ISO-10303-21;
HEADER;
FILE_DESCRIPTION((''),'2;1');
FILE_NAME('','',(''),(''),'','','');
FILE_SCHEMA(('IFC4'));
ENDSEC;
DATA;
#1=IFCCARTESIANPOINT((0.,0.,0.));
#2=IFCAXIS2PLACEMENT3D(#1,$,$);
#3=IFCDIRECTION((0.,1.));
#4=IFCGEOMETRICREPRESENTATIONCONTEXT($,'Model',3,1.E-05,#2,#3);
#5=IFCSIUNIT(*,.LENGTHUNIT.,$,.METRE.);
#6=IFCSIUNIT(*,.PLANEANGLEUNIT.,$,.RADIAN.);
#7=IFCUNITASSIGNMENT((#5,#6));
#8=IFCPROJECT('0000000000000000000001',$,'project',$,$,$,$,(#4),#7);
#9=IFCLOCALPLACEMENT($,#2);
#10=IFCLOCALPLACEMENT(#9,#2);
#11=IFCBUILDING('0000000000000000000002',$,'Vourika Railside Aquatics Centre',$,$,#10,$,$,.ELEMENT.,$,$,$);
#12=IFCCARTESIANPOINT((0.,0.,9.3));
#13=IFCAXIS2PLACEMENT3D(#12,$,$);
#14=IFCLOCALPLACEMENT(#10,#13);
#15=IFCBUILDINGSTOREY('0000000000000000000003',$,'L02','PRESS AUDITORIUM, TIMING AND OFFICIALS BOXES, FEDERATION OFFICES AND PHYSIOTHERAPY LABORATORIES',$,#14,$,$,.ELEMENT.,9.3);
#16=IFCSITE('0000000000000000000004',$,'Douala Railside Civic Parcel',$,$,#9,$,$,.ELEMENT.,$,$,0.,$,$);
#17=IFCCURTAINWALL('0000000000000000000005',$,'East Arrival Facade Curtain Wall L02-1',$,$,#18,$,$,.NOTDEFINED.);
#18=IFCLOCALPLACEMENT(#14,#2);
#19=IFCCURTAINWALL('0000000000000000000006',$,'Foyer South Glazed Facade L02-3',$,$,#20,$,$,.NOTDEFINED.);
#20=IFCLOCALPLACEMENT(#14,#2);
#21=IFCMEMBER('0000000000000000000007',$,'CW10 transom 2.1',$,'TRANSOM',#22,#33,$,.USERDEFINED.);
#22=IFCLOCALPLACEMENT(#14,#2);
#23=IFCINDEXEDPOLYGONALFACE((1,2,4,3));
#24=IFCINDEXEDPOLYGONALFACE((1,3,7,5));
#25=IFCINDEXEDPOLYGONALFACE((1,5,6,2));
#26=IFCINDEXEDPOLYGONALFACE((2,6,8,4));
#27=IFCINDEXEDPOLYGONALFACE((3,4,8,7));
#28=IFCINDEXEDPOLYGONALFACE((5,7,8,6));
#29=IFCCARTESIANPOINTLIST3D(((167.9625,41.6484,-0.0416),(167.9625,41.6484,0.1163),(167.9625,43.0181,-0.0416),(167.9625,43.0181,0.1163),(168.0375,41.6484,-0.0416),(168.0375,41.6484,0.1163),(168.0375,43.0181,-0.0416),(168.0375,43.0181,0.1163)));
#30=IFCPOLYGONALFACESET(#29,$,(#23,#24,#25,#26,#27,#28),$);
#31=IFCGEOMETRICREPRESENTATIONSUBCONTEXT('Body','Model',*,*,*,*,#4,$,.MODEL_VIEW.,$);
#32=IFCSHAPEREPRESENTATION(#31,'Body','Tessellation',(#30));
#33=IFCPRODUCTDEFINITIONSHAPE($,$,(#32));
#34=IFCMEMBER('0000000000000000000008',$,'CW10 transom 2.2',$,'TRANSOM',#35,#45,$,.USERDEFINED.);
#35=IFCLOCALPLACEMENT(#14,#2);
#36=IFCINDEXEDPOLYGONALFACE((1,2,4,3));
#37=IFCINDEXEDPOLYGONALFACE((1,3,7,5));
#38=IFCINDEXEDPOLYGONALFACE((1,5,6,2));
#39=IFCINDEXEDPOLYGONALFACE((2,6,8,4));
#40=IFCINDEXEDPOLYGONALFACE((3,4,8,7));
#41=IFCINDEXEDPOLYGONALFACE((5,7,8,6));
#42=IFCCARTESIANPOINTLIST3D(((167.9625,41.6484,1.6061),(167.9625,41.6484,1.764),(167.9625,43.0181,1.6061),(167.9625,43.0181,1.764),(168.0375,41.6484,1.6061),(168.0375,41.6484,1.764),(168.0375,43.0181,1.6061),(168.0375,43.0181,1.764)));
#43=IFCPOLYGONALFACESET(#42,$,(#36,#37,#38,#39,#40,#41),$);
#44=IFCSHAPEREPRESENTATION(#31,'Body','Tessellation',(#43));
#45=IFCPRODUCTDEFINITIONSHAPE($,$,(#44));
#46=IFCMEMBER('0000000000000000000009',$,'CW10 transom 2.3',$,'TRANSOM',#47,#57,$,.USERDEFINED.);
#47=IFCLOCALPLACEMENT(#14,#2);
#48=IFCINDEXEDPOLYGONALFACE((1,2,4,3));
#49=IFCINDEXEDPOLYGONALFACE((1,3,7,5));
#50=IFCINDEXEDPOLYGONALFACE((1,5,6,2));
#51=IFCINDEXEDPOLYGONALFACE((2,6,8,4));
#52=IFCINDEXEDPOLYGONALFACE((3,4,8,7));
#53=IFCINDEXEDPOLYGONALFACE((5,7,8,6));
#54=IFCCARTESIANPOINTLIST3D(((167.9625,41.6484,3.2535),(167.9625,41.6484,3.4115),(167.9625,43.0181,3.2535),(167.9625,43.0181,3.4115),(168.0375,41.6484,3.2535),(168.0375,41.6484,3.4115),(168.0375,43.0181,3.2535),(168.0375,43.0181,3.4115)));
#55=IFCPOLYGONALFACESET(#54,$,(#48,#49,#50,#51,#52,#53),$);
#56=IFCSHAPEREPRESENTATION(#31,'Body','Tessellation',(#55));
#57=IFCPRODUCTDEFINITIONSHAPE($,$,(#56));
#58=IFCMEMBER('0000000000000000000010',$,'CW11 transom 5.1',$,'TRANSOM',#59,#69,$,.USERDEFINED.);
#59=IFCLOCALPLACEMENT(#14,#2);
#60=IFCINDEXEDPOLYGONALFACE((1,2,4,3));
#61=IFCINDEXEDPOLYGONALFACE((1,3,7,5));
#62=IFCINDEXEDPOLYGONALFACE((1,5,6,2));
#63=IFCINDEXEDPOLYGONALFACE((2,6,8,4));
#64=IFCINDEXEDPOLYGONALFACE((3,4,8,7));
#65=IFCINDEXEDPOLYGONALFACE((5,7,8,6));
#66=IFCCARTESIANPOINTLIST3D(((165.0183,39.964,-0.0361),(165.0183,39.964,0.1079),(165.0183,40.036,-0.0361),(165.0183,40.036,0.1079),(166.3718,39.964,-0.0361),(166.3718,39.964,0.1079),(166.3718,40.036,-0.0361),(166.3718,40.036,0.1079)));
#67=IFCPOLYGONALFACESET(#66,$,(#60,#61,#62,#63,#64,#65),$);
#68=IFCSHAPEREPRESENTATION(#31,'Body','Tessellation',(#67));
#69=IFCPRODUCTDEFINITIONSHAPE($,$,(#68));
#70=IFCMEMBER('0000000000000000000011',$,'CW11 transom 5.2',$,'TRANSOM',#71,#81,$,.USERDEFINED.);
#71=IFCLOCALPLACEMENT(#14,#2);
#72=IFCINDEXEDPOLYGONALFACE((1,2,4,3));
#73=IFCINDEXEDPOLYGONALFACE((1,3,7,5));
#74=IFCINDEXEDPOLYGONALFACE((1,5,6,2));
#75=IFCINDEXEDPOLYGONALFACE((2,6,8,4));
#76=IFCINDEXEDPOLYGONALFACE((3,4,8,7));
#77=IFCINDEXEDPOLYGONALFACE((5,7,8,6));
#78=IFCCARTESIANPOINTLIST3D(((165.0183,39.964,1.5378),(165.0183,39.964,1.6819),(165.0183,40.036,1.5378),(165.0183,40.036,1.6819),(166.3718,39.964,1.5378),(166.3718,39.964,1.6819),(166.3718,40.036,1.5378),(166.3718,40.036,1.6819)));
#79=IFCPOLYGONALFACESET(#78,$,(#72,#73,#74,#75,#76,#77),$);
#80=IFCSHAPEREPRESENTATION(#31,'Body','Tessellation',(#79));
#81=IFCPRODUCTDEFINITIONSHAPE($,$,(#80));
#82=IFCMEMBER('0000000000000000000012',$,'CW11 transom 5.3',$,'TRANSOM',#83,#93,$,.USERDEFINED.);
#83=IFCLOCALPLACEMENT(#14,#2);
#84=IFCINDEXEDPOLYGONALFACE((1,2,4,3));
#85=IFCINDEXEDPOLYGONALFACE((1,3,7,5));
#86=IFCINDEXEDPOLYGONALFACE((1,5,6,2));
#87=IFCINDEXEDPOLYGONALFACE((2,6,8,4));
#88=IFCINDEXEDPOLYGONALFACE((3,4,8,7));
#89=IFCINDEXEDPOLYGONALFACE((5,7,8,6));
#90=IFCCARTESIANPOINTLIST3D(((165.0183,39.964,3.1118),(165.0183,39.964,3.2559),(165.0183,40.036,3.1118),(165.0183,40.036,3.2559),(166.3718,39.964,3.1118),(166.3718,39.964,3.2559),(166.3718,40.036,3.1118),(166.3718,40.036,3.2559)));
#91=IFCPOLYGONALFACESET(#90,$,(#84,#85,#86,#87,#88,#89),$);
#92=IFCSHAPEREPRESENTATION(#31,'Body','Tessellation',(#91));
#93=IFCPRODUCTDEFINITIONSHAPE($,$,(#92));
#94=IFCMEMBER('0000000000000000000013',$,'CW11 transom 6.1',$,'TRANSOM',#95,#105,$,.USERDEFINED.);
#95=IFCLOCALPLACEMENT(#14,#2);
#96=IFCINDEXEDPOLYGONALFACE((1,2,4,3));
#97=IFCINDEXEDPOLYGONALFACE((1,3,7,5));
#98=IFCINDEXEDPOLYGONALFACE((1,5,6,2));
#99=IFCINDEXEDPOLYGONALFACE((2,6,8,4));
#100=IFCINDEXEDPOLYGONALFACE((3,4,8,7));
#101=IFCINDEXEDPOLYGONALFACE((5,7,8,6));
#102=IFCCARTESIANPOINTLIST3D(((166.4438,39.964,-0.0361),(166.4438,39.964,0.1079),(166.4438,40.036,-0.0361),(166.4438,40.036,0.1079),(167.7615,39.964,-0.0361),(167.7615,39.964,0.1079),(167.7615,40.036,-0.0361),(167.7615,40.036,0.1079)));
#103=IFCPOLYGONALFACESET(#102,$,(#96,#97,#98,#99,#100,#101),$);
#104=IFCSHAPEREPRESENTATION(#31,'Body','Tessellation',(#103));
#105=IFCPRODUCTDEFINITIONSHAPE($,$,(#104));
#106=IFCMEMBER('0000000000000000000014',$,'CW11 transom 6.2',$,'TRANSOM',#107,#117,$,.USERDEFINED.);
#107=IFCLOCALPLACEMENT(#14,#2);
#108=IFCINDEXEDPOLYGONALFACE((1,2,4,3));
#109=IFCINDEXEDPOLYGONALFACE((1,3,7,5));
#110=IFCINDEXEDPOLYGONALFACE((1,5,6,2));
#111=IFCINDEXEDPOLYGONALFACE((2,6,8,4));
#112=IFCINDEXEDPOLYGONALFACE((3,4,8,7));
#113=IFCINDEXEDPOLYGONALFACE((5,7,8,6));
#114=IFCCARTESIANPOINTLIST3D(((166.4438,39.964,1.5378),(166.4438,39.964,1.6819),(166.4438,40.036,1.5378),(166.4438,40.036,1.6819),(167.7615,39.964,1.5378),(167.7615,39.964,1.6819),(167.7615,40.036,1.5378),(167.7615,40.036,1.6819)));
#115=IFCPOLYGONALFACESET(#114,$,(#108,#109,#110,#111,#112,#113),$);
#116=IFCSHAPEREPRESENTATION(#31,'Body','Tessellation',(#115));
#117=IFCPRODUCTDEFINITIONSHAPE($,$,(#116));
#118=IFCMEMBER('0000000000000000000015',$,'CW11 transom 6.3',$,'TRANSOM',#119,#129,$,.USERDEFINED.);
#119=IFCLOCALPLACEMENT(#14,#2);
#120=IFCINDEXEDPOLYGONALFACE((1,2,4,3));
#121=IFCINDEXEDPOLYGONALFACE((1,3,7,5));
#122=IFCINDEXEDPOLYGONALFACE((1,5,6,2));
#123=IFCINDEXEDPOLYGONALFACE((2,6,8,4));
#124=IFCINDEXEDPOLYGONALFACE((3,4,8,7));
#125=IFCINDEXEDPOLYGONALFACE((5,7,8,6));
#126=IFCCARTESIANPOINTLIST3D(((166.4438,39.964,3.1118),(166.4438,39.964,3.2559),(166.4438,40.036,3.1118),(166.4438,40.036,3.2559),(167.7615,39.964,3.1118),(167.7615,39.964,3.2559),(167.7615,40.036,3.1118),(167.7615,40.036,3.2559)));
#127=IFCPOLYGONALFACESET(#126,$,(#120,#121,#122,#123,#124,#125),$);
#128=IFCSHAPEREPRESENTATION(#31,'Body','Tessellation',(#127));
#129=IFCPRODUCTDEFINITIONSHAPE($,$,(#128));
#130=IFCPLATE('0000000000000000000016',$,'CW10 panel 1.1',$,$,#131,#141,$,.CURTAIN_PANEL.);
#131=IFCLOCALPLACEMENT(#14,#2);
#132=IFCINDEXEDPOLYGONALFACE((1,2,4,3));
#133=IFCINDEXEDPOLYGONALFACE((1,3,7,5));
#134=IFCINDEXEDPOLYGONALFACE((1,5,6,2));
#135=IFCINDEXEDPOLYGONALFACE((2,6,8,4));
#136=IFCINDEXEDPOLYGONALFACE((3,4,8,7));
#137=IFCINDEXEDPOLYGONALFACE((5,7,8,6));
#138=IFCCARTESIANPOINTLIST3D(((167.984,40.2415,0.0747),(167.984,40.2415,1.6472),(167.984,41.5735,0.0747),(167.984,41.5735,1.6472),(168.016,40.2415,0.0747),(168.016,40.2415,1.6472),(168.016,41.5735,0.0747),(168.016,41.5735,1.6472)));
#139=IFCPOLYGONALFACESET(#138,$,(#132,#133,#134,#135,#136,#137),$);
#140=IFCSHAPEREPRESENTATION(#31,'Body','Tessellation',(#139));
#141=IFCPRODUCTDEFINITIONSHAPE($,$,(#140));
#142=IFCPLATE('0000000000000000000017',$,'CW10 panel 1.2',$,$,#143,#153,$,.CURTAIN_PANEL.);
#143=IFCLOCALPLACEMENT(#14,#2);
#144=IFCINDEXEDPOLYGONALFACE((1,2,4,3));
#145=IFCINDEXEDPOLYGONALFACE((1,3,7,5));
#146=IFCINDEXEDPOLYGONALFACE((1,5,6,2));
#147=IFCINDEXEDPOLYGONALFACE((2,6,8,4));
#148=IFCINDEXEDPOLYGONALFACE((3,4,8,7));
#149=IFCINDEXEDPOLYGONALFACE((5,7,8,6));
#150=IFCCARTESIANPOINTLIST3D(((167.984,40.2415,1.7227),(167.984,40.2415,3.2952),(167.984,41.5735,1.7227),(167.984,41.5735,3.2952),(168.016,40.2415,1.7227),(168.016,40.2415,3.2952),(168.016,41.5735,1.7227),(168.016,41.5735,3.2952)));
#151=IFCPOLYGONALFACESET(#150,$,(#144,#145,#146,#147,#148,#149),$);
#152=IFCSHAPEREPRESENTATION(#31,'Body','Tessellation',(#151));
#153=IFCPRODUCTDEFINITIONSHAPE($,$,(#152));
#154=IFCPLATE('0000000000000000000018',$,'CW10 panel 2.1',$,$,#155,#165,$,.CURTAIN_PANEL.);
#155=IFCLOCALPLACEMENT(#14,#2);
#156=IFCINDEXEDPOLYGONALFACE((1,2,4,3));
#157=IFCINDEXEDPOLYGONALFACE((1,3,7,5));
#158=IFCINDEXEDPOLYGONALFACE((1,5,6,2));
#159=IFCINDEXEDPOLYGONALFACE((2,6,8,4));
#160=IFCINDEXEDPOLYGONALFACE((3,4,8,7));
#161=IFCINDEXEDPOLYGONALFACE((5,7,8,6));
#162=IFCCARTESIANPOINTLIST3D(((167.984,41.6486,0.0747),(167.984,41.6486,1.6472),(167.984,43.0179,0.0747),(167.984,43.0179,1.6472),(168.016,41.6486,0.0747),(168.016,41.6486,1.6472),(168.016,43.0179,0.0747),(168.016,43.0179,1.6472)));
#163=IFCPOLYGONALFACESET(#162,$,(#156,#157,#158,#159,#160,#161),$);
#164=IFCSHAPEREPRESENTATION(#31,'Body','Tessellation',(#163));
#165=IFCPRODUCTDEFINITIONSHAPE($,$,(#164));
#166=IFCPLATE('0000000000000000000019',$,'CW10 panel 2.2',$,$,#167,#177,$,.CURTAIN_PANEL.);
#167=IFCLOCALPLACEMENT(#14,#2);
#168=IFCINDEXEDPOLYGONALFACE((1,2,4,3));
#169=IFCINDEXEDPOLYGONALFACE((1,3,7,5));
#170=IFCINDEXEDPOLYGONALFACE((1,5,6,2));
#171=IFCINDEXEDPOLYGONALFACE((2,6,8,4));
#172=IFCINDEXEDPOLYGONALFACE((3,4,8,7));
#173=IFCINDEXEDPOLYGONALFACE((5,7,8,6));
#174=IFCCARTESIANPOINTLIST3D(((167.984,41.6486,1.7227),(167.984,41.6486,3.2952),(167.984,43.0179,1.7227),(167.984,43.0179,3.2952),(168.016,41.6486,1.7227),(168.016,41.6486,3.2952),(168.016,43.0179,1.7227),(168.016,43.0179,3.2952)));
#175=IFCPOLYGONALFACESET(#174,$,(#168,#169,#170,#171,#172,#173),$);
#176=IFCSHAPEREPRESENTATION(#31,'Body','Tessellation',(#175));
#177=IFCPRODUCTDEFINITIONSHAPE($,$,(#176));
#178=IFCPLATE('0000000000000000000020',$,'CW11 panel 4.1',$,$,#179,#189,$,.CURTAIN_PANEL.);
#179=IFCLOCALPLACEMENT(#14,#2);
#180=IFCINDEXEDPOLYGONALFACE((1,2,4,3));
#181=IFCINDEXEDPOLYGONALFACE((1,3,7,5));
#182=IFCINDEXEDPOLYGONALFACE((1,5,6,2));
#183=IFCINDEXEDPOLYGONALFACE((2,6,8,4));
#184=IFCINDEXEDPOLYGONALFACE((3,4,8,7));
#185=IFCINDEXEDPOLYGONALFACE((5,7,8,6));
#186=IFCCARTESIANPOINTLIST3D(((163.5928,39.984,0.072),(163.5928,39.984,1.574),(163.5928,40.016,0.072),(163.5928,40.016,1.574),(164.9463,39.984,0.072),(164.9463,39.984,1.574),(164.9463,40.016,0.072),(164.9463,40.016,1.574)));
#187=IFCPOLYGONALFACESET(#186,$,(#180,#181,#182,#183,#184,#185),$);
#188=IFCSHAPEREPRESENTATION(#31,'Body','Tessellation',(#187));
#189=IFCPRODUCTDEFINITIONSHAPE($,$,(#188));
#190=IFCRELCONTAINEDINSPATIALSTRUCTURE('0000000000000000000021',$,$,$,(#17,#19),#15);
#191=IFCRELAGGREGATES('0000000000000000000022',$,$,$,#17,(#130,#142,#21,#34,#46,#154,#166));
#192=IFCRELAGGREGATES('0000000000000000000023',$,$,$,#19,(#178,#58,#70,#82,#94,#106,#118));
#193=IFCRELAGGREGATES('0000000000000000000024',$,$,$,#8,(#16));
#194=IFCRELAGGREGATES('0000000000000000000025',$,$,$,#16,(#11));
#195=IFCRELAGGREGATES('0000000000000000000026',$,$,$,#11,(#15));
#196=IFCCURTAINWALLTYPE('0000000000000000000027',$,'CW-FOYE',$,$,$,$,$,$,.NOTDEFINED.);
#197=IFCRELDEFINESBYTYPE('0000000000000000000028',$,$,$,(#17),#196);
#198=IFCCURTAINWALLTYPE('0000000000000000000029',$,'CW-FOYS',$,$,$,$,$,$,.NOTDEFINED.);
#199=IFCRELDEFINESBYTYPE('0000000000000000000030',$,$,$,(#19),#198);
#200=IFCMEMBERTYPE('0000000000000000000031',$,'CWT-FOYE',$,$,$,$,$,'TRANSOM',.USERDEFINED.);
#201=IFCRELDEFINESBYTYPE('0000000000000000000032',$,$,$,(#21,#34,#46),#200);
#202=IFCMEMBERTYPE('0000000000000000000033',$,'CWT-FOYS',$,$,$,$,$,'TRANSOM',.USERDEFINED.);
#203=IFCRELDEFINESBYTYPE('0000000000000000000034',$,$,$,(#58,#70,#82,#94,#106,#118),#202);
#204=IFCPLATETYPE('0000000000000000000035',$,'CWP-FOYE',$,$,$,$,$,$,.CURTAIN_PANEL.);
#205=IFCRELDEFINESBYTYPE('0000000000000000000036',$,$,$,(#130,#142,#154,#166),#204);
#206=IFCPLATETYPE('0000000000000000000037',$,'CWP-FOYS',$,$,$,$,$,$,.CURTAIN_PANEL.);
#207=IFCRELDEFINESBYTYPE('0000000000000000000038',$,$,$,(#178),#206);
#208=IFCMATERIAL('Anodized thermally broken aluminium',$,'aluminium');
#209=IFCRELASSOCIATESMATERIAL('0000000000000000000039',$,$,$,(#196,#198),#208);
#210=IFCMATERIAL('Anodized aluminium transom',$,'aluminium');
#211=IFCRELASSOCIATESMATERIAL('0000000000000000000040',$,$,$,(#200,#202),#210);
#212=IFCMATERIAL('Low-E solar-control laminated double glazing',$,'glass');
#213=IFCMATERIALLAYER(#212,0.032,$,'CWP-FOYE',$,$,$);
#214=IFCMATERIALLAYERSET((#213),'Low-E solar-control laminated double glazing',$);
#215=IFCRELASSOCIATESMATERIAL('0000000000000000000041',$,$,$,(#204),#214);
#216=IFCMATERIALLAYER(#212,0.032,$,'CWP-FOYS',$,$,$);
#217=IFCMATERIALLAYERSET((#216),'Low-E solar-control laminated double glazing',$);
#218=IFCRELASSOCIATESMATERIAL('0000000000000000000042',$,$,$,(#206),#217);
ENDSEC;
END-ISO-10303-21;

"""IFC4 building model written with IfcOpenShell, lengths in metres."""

from ifc_helpers import new_model, si_unit, direction, frame, origin, origin_2d, place, context, subcontext, project, spatial, rectangle, extrude, material, layer, layer_set, material_profile, profile_set, type_object, element, aggregate, save


model = new_model("IFC4")

# Units and contexts
model_context = context("Model", 3, precision=1e-05, world=origin(), true_north=direction((0.0, 1.0)))
body_context = subcontext(model_context, "Body", "Model", "MODEL_VIEW")
ifc_project = project(units=[si_unit("LENGTHUNIT", "METRE"), si_unit("PLANEANGLEUNIT", "RADIAN")], contexts=[model_context])

# Site, building, storey
site_placement = place(None, origin())
site = spatial("IfcSite", under=ifc_project, at=site_placement, Name="Douala Railside Civic Parcel", CompositionType="ELEMENT", RefElevation=0.0)
building_placement = place(site_placement, origin())
building = spatial("IfcBuilding", under=site, at=building_placement, Name="Vourika Railside Aquatics Centre", CompositionType="ELEMENT")
storey_placement = place(building_placement, frame((0.0, 0.0, 9.3)))
storey = spatial("IfcBuildingStorey", under=building, at=storey_placement, Name="L02", Description="PRESS AUDITORIUM, TIMING AND OFFICIALS BOXES, FEDERATION OFFICES AND PHYSIOTHERAPY LABORATORIES", CompositionType="ELEMENT", Elevation=9.3)

# Curtain walls
ifc_material_1 = material(Name="Anodized thermally broken aluminium", Category="aluminium")
curtain_wall_type_1 = type_object("IfcCurtainWallType", Name="CW-FOYE", PredefinedType="NOTDEFINED", material=ifc_material_1)
curtain_wall_1_placement = place(storey_placement, origin())
curtain_wall_1 = element("IfcCurtainWall", 1, at=curtain_wall_1_placement, inside=storey, type_object=curtain_wall_type_1, Name="East Arrival Facade Curtain Wall L02-1", PredefinedType="NOTDEFINED")
curtain_wall_type_2 = type_object("IfcCurtainWallType", Name="CW-FOYS", PredefinedType="NOTDEFINED", material=ifc_material_1)
curtain_wall_2_placement = place(storey_placement, origin())
curtain_wall_2 = element("IfcCurtainWall", 2, at=curtain_wall_2_placement, inside=storey, type_object=curtain_wall_type_2, Name="Foyer South Glazed Facade L02-3", PredefinedType="NOTDEFINED")

# Members
ifc_material_2 = material(Name="Anodized aluminium transom", Category="aluminium")
ifc_material_profile_1 = material_profile(ifc_material_2, rectangle(XDim=0.075, YDim=0.158, at=origin_2d()), Name="ALU-T 75x158")
ifc_profile_set_1 = profile_set([ifc_material_profile_1], Name="Anodized aluminium transom")
member_type_1 = type_object("IfcMemberType", Name="CWT-FOYE", ElementType="TRANSOM", PredefinedType="USERDEFINED", material=ifc_profile_set_1)
member_1_placement = place(storey_placement, frame((168.0, 41.6484, 0.0374), z_axis=(0.0, 1.0, 0.0), x_axis=(-1.0, 0.0, 0.0)))
member_1 = element("IfcMember", 3, at=member_1_placement, type_object=member_type_1, Name="CW10 transom 2.1", ObjectType="TRANSOM", PredefinedType="USERDEFINED", context=body_context, shape_type="SweptSolid", body=[
    extrude(rectangle(XDim=0.075, YDim=0.158, at=origin_2d()), origin(), (0.0, 0.0, 1.0), 1.3696),
])
member_2_placement = place(storey_placement, frame((168.0, 41.6484, 1.6851), z_axis=(0.0, 1.0, 0.0), x_axis=(-1.0, 0.0, 0.0)))
member_2 = element("IfcMember", 4, at=member_2_placement, type_object=member_type_1, Name="CW10 transom 2.2", ObjectType="TRANSOM", PredefinedType="USERDEFINED", context=body_context, shape_type="SweptSolid", body=[
    extrude(rectangle(XDim=0.075, YDim=0.158, at=origin_2d()), origin(), (0.0, 0.0, 1.0), 1.3696),
])
member_3_placement = place(storey_placement, frame((168.0, 41.6484, 3.3325), z_axis=(0.0, 1.0, 0.0), x_axis=(-1.0, 0.0, 0.0)))
member_3 = element("IfcMember", 5, at=member_3_placement, type_object=member_type_1, Name="CW10 transom 2.3", ObjectType="TRANSOM", PredefinedType="USERDEFINED", context=body_context, shape_type="SweptSolid", body=[
    extrude(rectangle(XDim=0.075, YDim=0.158, at=origin_2d()), origin(), (0.0, 0.0, 1.0), 1.3696),
])
ifc_material_profile_2 = material_profile(ifc_material_2, rectangle(XDim=0.072, YDim=0.144, at=origin_2d()), Name="ALU-T 72x144")
ifc_profile_set_2 = profile_set([ifc_material_profile_2], Name="Anodized aluminium transom")
member_type_2 = type_object("IfcMemberType", Name="CWT-FOYS", ElementType="TRANSOM", PredefinedType="USERDEFINED", material=ifc_profile_set_2)
member_4_placement = place(storey_placement, frame((165.0183, 40.0, 0.0359), z_axis=(1.0, 0.0, 0.0), x_axis=(0.0, 1.0, 0.0)))
member_4 = element("IfcMember", 6, at=member_4_placement, type_object=member_type_2, Name="CW11 transom 5.1", ObjectType="TRANSOM", PredefinedType="USERDEFINED", context=body_context, shape_type="SweptSolid", body=[
    extrude(rectangle(XDim=0.072, YDim=0.144, at=origin_2d()), origin(), (0.0, 0.0, 1.0), 1.3535),
])
member_5_placement = place(storey_placement, frame((165.0183, 40.0, 1.6099), z_axis=(1.0, 0.0, 0.0), x_axis=(0.0, 1.0, 0.0)))
member_5 = element("IfcMember", 7, at=member_5_placement, type_object=member_type_2, Name="CW11 transom 5.2", ObjectType="TRANSOM", PredefinedType="USERDEFINED", context=body_context, shape_type="SweptSolid", body=[
    extrude(rectangle(XDim=0.072, YDim=0.144, at=origin_2d()), origin(), (0.0, 0.0, 1.0), 1.3535),
])
member_6_placement = place(storey_placement, frame((165.0183, 40.0, 3.1838), z_axis=(1.0, 0.0, 0.0), x_axis=(0.0, 1.0, 0.0)))
member_6 = element("IfcMember", 8, at=member_6_placement, type_object=member_type_2, Name="CW11 transom 5.3", ObjectType="TRANSOM", PredefinedType="USERDEFINED", context=body_context, shape_type="SweptSolid", body=[
    extrude(rectangle(XDim=0.072, YDim=0.144, at=origin_2d()), origin(), (0.0, 0.0, 1.0), 1.3535),
])
member_7_placement = place(storey_placement, frame((166.4438, 40.0, 0.0359), z_axis=(1.0, 0.0, 0.0), x_axis=(0.0, 1.0, 0.0)))
member_7 = element("IfcMember", 9, at=member_7_placement, type_object=member_type_2, Name="CW11 transom 6.1", ObjectType="TRANSOM", PredefinedType="USERDEFINED", context=body_context, shape_type="SweptSolid", body=[
    extrude(rectangle(XDim=0.072, YDim=0.144, at=origin_2d()), origin(), (0.0, 0.0, 1.0), 1.3176),
])
member_8_placement = place(storey_placement, frame((166.4438, 40.0, 1.6099), z_axis=(1.0, 0.0, 0.0), x_axis=(0.0, 1.0, 0.0)))
member_8 = element("IfcMember", 10, at=member_8_placement, type_object=member_type_2, Name="CW11 transom 6.2", ObjectType="TRANSOM", PredefinedType="USERDEFINED", context=body_context, shape_type="SweptSolid", body=[
    extrude(rectangle(XDim=0.072, YDim=0.144, at=origin_2d()), origin(), (0.0, 0.0, 1.0), 1.3176),
])
member_9_placement = place(storey_placement, frame((166.4438, 40.0, 3.1838), z_axis=(1.0, 0.0, 0.0), x_axis=(0.0, 1.0, 0.0)))
member_9 = element("IfcMember", 11, at=member_9_placement, type_object=member_type_2, Name="CW11 transom 6.3", ObjectType="TRANSOM", PredefinedType="USERDEFINED", context=body_context, shape_type="SweptSolid", body=[
    extrude(rectangle(XDim=0.072, YDim=0.144, at=origin_2d()), origin(), (0.0, 0.0, 1.0), 1.3176),
])

# Plates
ifc_material_3 = material(Name="Low-E solar-control laminated double glazing", Category="glass")
ifc_layer_1 = layer(ifc_material_3, 0.032, Name="CWP-FOYE")
ifc_layer_set_1 = layer_set([ifc_layer_1], Name="Low-E solar-control laminated double glazing")
plate_type_1 = type_object("IfcPlateType", Name="CWP-FOYE", PredefinedType="CURTAIN_PANEL", material=ifc_layer_set_1)
plate_1_placement = place(storey_placement, frame((168.0, 40.9075, 0.0747), z_axis=(0.0, 0.0, 1.0), x_axis=(0.0, 1.0, 0.0)))
plate_1 = element("IfcPlate", 12, at=plate_1_placement, type_object=plate_type_1, Name="CW10 panel 1.1", PredefinedType="CURTAIN_PANEL", context=body_context, shape_type="SweptSolid", body=[
    extrude(rectangle(XDim=1.332, YDim=0.032, at=origin_2d()), origin(), (0.0, 0.0, 1.0), 1.5725),
])
plate_2_placement = place(storey_placement, frame((168.0, 40.9075, 1.7227), z_axis=(0.0, 0.0, 1.0), x_axis=(0.0, 1.0, 0.0)))
plate_2 = element("IfcPlate", 13, at=plate_2_placement, type_object=plate_type_1, Name="CW10 panel 1.2", PredefinedType="CURTAIN_PANEL", context=body_context, shape_type="SweptSolid", body=[
    extrude(rectangle(XDim=1.332, YDim=0.032, at=origin_2d()), origin(), (0.0, 0.0, 1.0), 1.5725),
])
plate_3_placement = place(storey_placement, frame((168.0, 42.3333, 0.0747), z_axis=(0.0, 0.0, 1.0), x_axis=(0.0, 1.0, 0.0)))
plate_3 = element("IfcPlate", 14, at=plate_3_placement, type_object=plate_type_1, Name="CW10 panel 2.1", PredefinedType="CURTAIN_PANEL", context=body_context, shape_type="SweptSolid", body=[
    extrude(rectangle(XDim=1.3694, YDim=0.032, at=origin_2d()), origin(), (0.0, 0.0, 1.0), 1.5725),
])
plate_4_placement = place(storey_placement, frame((168.0, 42.3333, 1.7227), z_axis=(0.0, 0.0, 1.0), x_axis=(0.0, 1.0, 0.0)))
plate_4 = element("IfcPlate", 15, at=plate_4_placement, type_object=plate_type_1, Name="CW10 panel 2.2", PredefinedType="CURTAIN_PANEL", context=body_context, shape_type="SweptSolid", body=[
    extrude(rectangle(XDim=1.3694, YDim=0.032, at=origin_2d()), origin(), (0.0, 0.0, 1.0), 1.5725),
])
aggregate(curtain_wall_1, [plate_1, plate_2, member_1, member_2, member_3, plate_3, plate_4])
ifc_layer_2 = layer(ifc_material_3, 0.032, Name="CWP-FOYS")
ifc_layer_set_2 = layer_set([ifc_layer_2], Name="Low-E solar-control laminated double glazing")
plate_type_2 = type_object("IfcPlateType", Name="CWP-FOYS", PredefinedType="CURTAIN_PANEL", material=ifc_layer_set_2)
plate_5_placement = place(storey_placement, frame((164.2695, 40.0, 0.072), z_axis=(0.0, 0.0, 1.0), x_axis=(1.0, 0.0, 0.0)))
plate_5 = element("IfcPlate", 16, at=plate_5_placement, type_object=plate_type_2, Name="CW11 panel 4.1", PredefinedType="CURTAIN_PANEL", context=body_context, shape_type="SweptSolid", body=[
    extrude(rectangle(XDim=1.3535, YDim=0.032, at=origin_2d()), origin(), (0.0, 0.0, 1.0), 1.502),
])
aggregate(curtain_wall_2, [plate_5, member_4, member_5, member_6, member_7, member_8, member_9])

save(model, "model.ifc")
